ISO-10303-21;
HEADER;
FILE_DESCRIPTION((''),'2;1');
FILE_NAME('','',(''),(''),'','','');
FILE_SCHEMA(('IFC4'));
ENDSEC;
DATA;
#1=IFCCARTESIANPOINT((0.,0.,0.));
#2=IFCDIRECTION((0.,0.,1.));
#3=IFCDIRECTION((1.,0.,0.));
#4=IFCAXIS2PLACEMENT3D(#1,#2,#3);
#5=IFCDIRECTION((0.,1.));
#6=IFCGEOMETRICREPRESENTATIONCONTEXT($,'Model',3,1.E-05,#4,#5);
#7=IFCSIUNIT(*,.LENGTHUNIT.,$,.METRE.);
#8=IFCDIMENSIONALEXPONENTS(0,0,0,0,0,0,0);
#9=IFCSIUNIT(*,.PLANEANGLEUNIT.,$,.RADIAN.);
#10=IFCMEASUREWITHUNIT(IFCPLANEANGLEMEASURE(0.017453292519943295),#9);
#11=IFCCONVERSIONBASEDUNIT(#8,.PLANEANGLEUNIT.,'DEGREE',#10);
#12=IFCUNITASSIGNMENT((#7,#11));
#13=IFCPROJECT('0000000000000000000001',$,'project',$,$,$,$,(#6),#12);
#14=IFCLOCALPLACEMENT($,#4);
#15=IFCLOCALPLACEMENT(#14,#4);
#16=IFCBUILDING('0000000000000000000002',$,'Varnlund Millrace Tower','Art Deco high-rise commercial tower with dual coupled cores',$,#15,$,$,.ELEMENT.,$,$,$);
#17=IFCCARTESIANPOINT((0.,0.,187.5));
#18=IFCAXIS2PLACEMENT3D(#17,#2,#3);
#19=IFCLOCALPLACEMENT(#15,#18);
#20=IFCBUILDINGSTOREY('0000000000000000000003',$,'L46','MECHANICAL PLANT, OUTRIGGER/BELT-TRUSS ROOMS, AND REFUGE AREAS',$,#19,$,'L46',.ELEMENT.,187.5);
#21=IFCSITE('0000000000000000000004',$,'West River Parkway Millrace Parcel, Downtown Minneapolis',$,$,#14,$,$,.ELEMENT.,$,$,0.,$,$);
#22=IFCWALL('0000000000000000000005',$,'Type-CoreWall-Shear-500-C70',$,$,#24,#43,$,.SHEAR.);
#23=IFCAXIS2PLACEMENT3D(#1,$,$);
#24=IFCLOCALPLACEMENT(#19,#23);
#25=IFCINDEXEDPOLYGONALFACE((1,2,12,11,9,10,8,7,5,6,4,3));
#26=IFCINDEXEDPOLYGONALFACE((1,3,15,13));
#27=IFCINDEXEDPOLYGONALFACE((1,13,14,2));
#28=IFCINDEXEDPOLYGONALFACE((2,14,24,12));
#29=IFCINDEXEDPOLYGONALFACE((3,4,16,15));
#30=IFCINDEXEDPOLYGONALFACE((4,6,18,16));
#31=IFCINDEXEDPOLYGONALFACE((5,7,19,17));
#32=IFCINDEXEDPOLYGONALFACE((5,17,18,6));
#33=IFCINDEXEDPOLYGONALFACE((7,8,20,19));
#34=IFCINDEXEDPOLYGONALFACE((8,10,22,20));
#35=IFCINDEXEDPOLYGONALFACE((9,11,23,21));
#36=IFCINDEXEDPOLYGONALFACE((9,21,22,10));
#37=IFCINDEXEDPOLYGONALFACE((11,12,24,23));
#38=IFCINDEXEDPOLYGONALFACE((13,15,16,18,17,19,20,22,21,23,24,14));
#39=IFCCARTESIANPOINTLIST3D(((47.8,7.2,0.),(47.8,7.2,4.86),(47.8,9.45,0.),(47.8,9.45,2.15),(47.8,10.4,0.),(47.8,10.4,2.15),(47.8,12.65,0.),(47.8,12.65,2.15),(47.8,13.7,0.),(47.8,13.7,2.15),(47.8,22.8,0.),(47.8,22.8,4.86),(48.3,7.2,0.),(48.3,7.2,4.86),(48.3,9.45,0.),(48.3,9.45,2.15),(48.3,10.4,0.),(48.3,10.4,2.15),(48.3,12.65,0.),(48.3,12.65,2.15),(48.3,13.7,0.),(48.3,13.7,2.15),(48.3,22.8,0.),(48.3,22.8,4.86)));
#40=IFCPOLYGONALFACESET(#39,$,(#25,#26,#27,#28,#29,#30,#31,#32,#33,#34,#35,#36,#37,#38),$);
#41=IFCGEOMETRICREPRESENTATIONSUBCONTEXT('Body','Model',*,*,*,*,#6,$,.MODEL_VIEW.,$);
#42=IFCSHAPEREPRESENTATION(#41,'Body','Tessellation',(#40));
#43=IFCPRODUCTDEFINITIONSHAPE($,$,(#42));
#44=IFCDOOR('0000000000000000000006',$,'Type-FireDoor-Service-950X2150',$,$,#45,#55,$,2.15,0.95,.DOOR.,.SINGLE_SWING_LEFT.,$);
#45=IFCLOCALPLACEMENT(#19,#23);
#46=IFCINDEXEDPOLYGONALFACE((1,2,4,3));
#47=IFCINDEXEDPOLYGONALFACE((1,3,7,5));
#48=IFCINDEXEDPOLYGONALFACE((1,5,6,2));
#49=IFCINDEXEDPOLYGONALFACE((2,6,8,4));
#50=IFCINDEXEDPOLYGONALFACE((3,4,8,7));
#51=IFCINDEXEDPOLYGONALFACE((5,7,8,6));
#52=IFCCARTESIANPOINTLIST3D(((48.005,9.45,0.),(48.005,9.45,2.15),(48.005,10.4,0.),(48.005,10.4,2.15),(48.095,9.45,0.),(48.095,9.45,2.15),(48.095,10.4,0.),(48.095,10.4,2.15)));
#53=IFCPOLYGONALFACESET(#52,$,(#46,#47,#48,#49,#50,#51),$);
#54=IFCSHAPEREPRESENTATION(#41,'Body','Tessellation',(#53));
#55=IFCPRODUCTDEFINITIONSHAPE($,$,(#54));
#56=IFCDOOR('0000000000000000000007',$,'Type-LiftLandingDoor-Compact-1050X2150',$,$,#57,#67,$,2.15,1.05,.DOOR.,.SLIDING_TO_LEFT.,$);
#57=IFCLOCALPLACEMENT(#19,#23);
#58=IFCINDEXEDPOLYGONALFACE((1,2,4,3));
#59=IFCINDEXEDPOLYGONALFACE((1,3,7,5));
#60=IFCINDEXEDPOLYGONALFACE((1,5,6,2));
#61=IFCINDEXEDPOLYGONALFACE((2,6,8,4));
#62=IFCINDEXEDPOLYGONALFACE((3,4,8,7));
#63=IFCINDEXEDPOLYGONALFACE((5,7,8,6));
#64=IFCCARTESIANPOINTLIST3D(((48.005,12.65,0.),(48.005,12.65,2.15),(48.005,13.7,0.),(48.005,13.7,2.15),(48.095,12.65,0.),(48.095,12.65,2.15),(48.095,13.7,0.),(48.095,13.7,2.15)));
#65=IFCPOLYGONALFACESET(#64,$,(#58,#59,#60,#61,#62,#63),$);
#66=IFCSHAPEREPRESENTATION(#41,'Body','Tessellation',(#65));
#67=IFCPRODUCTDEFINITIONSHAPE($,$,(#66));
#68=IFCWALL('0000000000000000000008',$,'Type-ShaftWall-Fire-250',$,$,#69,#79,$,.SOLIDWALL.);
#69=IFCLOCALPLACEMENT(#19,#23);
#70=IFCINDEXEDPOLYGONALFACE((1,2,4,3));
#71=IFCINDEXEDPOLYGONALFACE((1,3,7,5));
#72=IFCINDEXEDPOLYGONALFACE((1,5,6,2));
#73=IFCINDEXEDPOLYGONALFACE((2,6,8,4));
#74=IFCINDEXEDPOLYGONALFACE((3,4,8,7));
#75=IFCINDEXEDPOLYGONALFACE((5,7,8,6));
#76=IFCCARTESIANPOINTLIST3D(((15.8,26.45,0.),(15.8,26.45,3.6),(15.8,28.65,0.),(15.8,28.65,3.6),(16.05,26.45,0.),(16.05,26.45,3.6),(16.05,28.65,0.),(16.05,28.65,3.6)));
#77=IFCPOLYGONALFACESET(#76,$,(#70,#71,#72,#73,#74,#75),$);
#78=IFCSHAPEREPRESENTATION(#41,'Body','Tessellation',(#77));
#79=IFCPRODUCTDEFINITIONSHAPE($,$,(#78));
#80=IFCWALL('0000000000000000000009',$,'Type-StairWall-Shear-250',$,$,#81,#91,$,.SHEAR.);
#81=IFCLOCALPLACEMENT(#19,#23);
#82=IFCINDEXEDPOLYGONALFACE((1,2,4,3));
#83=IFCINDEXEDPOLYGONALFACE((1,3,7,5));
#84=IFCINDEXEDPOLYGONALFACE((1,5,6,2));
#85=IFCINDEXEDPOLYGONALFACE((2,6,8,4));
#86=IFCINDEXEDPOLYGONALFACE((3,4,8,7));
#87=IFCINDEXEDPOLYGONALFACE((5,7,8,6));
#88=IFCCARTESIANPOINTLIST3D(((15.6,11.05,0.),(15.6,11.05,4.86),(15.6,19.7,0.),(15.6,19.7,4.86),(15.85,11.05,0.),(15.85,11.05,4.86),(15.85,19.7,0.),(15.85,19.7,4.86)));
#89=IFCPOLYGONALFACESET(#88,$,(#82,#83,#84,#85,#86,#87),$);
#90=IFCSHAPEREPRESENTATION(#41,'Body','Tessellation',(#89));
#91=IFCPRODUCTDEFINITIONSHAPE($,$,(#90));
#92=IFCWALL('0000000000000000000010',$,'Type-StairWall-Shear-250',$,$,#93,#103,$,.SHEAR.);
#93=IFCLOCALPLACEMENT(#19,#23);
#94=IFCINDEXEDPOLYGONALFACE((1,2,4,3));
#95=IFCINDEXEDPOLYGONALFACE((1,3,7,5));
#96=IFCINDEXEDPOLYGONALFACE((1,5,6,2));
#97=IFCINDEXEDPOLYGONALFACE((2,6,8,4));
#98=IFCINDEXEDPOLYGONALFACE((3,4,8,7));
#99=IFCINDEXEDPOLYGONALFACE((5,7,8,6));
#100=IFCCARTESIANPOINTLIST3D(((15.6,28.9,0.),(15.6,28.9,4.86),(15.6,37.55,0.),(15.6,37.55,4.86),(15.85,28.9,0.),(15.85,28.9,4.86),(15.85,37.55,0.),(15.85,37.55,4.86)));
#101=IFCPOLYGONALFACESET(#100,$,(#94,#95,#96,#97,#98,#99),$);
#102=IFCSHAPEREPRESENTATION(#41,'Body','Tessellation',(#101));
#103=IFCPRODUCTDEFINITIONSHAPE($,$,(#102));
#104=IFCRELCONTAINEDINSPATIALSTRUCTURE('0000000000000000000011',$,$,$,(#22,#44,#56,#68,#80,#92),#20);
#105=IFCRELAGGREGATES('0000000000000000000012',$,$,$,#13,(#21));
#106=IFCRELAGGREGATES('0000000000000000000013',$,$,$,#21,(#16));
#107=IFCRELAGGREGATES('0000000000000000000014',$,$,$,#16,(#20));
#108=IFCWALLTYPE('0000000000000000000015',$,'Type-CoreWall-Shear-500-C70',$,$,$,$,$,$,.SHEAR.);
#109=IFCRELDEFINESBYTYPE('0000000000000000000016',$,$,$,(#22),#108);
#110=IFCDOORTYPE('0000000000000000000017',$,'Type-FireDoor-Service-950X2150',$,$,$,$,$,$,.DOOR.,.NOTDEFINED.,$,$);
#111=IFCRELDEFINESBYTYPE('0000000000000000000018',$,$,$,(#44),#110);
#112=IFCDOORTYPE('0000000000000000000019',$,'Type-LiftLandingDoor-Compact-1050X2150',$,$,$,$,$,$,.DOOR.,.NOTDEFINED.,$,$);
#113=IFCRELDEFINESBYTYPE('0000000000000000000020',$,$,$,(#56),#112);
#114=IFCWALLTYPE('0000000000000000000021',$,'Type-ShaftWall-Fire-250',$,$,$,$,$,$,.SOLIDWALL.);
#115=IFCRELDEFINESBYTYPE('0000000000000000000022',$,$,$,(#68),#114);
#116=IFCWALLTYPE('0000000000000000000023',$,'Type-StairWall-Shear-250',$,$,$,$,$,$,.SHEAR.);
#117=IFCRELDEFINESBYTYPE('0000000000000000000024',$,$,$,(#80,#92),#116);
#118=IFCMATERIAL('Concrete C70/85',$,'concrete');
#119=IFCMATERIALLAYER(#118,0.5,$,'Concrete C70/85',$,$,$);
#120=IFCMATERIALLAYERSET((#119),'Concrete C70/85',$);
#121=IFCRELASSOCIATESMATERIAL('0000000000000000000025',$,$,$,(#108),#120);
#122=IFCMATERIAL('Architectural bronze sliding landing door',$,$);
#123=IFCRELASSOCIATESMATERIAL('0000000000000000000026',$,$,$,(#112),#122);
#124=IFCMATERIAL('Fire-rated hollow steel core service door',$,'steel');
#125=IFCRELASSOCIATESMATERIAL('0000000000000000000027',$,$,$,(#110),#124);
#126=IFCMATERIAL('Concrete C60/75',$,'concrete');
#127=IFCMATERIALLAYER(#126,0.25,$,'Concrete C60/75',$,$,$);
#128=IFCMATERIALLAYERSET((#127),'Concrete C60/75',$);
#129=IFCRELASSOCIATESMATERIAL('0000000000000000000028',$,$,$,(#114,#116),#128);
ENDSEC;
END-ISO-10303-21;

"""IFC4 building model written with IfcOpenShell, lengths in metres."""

from ifc_helpers import new_model, entity, si_unit, converted_unit, direction, frame, origin_with_axes, origin_2d_with_axis, place, context, subcontext, project, spatial, polyline, rectangle, outline, extrude, material, layer, layer_set, type_object, element, fill, save


model = new_model("IFC4")

# Units and contexts
model_context = context("Model", 3, precision=1e-05, world=origin_with_axes(), true_north=direction((0.0, 1.0)))
body_context = subcontext(model_context, "Body", "Model", "MODEL_VIEW")
ifc_project = project(units=[si_unit("LENGTHUNIT", "METRE"), converted_unit("PLANEANGLEUNIT", "DEGREE", entity("IfcPlaneAngleMeasure", 0.017453292519943295), si_unit("PLANEANGLEUNIT", "RADIAN"), dimensions=[0, 0, 0, 0, 0, 0, 0])], contexts=[model_context])

# Site, building, storey
site_placement = place(None, origin_with_axes())
site = spatial("IfcSite", under=ifc_project, at=site_placement, Name="West River Parkway Millrace Parcel, Downtown Minneapolis", CompositionType="ELEMENT", RefElevation=0.0)
building_placement = place(site_placement, origin_with_axes())
building = spatial("IfcBuilding", under=site, at=building_placement, Name="Varnlund Millrace Tower", Description="Art Deco high-rise commercial tower with dual coupled cores", CompositionType="ELEMENT")
storey_placement = place(building_placement, frame((0.0, 0.0, 187.5), z_axis=(0.0, 0.0, 1.0), x_axis=(1.0, 0.0, 0.0)))
storey = spatial("IfcBuildingStorey", under=building, at=storey_placement, Name="L46", Description="MECHANICAL PLANT, OUTRIGGER/BELT-TRUSS ROOMS, AND REFUGE AREAS", LongName="L46", CompositionType="ELEMENT", Elevation=187.5)

# Shared definitions
ifc_material_1 = material(Name="Concrete C70/85", Category="concrete")
ifc_layer_1 = layer(ifc_material_1, 0.5, Name="Concrete C70/85")
ifc_layer_set_1 = layer_set([ifc_layer_1], Name="Concrete C70/85")
wall_type_1 = type_object("IfcWallType", Name="Type-CoreWall-Shear-500-C70", PredefinedType="SHEAR", material=ifc_layer_set_1)
ifc_material_2 = material(Name="Architectural bronze sliding landing door")
door_type_1 = type_object("IfcDoorType", Name="Type-LiftLandingDoor-Compact-1050X2150", OperationType="NOTDEFINED", PredefinedType="DOOR", material=ifc_material_2)

# Wall, openings, doors
wall_1_placement = place(storey_placement, frame((48.05, 7.2, 0.0), z_axis=(0.0, 0.0, 1.0), x_axis=(0.0, 1.0, 0.0)))
wall_1 = element("IfcWall", 1, at=wall_1_placement, inside=storey, type_object=wall_type_1, Name="Type-CoreWall-Shear-500-C70", PredefinedType="SHEAR", context=body_context, shape_type="SweptSolid", body=[
    extrude(outline(polyline([(0.0, -0.25), (15.6, -0.25), (15.6, 0.25), (0.0, 0.25), (0.0, -0.25)])), origin_with_axes(), (0.0, 0.0, 1.0), 4.86),
])
opening_1_placement = place(wall_1_placement, frame((5.975, 0.0, 0.0), z_axis=(0.0, 0.0, 1.0), x_axis=(1.0, 0.0, 0.0)))
opening_1 = element("IfcOpeningElement", 2, at=opening_1_placement, cuts=wall_1, PredefinedType="OPENING", context=body_context, shape_type="SweptSolid", body=[
    extrude(rectangle(XDim=1.05, YDim=0.52, at=origin_2d_with_axis()), origin_with_axes(), (0.0, 0.0, 1.0), 2.15),
])
opening_2_placement = place(wall_1_placement, frame((2.725, 0.0, 0.0), z_axis=(0.0, 0.0, 1.0), x_axis=(1.0, 0.0, 0.0)))
opening_2 = element("IfcOpeningElement", 3, at=opening_2_placement, cuts=wall_1, PredefinedType="OPENING", context=body_context, shape_type="SweptSolid", body=[
    extrude(rectangle(XDim=0.95, YDim=0.52, at=origin_2d_with_axis()), origin_with_axes(), (0.0, 0.0, 1.0), 2.15),
])
ifc_material_3 = material(Name="Fire-rated hollow steel core service door", Category="steel")
door_type_2 = type_object("IfcDoorType", Name="Type-FireDoor-Service-950X2150", OperationType="NOTDEFINED", PredefinedType="DOOR", material=ifc_material_3)
door_1_placement = place(wall_1_placement, frame((2.725, 0.0, 0.0), z_axis=(0.0, 0.0, 1.0), x_axis=(1.0, 0.0, 0.0)))
door_1 = element("IfcDoor", 4, at=door_1_placement, inside=storey, type_object=door_type_2, Name="Type-FireDoor-Service-950X2150", OperationType="SINGLE_SWING_LEFT", OverallHeight=2.15, OverallWidth=0.95, PredefinedType="DOOR", context=body_context, shape_type="SweptSolid", body=[
    extrude(rectangle(XDim=0.95, YDim=0.09, at=origin_2d_with_axis()), origin_with_axes(), (0.0, 0.0, 1.0), 2.15),
])
fill(opening_2, door_1)
door_2_placement = place(wall_1_placement, frame((5.975, 0.0, 0.0), z_axis=(0.0, 0.0, 1.0), x_axis=(1.0, 0.0, 0.0)))
door_2 = element("IfcDoor", 5, at=door_2_placement, inside=storey, type_object=door_type_1, Name="Type-LiftLandingDoor-Compact-1050X2150", OperationType="SLIDING_TO_LEFT", OverallHeight=2.15, OverallWidth=1.05, PredefinedType="DOOR", context=body_context, shape_type="SweptSolid", body=[
    extrude(rectangle(XDim=1.05, YDim=0.09, at=origin_2d_with_axis()), origin_with_axes(), (0.0, 0.0, 1.0), 2.15),
])
fill(opening_1, door_2)

# Walls
ifc_material_4 = material(Name="Concrete C60/75", Category="concrete")
ifc_layer_2 = layer(ifc_material_4, 0.25, Name="Concrete C60/75")
ifc_layer_set_2 = layer_set([ifc_layer_2], Name="Concrete C60/75")
wall_type_2 = type_object("IfcWallType", Name="Type-ShaftWall-Fire-250", PredefinedType="SOLIDWALL", material=ifc_layer_set_2)
wall_2_placement = place(storey_placement, frame((15.925, 26.45, 0.0), z_axis=(0.0, 0.0, 1.0), x_axis=(0.0, 1.0, 0.0)))
element("IfcWall", 6, at=wall_2_placement, inside=storey, type_object=wall_type_2, Name="Type-ShaftWall-Fire-250", PredefinedType="SOLIDWALL", context=body_context, shape_type="SweptSolid", body=[
    extrude(outline(polyline([(0.0, -0.125), (2.2, -0.125), (2.2, 0.125), (0.0, 0.125), (0.0, -0.125)])), origin_with_axes(), (0.0, 0.0, 1.0), 3.6),
])
wall_type_3 = type_object("IfcWallType", Name="Type-StairWall-Shear-250", PredefinedType="SHEAR", material=ifc_layer_set_2)
for number, where, z_axis, x_axis, name in (
    (7, (15.725, 11.05, 0.0), (0.0, 0.0, 1.0), (0.0, 1.0, 0.0), "Type-StairWall-Shear-250"),
    (8, (15.725, 28.9, 0.0), (0.0, 0.0, 1.0), (0.0, 1.0, 0.0), "Type-StairWall-Shear-250"),
):
    element("IfcWall", number, at=place(storey_placement, frame(where, z_axis=z_axis, x_axis=x_axis)), inside=storey, type_object=wall_type_3, Name=name, PredefinedType="SHEAR", context=body_context, shape_type="SweptSolid", body=[
        extrude(outline(polyline([(0.0, -0.125), (8.65, -0.125), (8.65, 0.125), (0.0, 0.125), (0.0, -0.125)])), origin_with_axes(), (0.0, 0.0, 1.0), 4.86),
    ])

save(model, "model.ifc")
